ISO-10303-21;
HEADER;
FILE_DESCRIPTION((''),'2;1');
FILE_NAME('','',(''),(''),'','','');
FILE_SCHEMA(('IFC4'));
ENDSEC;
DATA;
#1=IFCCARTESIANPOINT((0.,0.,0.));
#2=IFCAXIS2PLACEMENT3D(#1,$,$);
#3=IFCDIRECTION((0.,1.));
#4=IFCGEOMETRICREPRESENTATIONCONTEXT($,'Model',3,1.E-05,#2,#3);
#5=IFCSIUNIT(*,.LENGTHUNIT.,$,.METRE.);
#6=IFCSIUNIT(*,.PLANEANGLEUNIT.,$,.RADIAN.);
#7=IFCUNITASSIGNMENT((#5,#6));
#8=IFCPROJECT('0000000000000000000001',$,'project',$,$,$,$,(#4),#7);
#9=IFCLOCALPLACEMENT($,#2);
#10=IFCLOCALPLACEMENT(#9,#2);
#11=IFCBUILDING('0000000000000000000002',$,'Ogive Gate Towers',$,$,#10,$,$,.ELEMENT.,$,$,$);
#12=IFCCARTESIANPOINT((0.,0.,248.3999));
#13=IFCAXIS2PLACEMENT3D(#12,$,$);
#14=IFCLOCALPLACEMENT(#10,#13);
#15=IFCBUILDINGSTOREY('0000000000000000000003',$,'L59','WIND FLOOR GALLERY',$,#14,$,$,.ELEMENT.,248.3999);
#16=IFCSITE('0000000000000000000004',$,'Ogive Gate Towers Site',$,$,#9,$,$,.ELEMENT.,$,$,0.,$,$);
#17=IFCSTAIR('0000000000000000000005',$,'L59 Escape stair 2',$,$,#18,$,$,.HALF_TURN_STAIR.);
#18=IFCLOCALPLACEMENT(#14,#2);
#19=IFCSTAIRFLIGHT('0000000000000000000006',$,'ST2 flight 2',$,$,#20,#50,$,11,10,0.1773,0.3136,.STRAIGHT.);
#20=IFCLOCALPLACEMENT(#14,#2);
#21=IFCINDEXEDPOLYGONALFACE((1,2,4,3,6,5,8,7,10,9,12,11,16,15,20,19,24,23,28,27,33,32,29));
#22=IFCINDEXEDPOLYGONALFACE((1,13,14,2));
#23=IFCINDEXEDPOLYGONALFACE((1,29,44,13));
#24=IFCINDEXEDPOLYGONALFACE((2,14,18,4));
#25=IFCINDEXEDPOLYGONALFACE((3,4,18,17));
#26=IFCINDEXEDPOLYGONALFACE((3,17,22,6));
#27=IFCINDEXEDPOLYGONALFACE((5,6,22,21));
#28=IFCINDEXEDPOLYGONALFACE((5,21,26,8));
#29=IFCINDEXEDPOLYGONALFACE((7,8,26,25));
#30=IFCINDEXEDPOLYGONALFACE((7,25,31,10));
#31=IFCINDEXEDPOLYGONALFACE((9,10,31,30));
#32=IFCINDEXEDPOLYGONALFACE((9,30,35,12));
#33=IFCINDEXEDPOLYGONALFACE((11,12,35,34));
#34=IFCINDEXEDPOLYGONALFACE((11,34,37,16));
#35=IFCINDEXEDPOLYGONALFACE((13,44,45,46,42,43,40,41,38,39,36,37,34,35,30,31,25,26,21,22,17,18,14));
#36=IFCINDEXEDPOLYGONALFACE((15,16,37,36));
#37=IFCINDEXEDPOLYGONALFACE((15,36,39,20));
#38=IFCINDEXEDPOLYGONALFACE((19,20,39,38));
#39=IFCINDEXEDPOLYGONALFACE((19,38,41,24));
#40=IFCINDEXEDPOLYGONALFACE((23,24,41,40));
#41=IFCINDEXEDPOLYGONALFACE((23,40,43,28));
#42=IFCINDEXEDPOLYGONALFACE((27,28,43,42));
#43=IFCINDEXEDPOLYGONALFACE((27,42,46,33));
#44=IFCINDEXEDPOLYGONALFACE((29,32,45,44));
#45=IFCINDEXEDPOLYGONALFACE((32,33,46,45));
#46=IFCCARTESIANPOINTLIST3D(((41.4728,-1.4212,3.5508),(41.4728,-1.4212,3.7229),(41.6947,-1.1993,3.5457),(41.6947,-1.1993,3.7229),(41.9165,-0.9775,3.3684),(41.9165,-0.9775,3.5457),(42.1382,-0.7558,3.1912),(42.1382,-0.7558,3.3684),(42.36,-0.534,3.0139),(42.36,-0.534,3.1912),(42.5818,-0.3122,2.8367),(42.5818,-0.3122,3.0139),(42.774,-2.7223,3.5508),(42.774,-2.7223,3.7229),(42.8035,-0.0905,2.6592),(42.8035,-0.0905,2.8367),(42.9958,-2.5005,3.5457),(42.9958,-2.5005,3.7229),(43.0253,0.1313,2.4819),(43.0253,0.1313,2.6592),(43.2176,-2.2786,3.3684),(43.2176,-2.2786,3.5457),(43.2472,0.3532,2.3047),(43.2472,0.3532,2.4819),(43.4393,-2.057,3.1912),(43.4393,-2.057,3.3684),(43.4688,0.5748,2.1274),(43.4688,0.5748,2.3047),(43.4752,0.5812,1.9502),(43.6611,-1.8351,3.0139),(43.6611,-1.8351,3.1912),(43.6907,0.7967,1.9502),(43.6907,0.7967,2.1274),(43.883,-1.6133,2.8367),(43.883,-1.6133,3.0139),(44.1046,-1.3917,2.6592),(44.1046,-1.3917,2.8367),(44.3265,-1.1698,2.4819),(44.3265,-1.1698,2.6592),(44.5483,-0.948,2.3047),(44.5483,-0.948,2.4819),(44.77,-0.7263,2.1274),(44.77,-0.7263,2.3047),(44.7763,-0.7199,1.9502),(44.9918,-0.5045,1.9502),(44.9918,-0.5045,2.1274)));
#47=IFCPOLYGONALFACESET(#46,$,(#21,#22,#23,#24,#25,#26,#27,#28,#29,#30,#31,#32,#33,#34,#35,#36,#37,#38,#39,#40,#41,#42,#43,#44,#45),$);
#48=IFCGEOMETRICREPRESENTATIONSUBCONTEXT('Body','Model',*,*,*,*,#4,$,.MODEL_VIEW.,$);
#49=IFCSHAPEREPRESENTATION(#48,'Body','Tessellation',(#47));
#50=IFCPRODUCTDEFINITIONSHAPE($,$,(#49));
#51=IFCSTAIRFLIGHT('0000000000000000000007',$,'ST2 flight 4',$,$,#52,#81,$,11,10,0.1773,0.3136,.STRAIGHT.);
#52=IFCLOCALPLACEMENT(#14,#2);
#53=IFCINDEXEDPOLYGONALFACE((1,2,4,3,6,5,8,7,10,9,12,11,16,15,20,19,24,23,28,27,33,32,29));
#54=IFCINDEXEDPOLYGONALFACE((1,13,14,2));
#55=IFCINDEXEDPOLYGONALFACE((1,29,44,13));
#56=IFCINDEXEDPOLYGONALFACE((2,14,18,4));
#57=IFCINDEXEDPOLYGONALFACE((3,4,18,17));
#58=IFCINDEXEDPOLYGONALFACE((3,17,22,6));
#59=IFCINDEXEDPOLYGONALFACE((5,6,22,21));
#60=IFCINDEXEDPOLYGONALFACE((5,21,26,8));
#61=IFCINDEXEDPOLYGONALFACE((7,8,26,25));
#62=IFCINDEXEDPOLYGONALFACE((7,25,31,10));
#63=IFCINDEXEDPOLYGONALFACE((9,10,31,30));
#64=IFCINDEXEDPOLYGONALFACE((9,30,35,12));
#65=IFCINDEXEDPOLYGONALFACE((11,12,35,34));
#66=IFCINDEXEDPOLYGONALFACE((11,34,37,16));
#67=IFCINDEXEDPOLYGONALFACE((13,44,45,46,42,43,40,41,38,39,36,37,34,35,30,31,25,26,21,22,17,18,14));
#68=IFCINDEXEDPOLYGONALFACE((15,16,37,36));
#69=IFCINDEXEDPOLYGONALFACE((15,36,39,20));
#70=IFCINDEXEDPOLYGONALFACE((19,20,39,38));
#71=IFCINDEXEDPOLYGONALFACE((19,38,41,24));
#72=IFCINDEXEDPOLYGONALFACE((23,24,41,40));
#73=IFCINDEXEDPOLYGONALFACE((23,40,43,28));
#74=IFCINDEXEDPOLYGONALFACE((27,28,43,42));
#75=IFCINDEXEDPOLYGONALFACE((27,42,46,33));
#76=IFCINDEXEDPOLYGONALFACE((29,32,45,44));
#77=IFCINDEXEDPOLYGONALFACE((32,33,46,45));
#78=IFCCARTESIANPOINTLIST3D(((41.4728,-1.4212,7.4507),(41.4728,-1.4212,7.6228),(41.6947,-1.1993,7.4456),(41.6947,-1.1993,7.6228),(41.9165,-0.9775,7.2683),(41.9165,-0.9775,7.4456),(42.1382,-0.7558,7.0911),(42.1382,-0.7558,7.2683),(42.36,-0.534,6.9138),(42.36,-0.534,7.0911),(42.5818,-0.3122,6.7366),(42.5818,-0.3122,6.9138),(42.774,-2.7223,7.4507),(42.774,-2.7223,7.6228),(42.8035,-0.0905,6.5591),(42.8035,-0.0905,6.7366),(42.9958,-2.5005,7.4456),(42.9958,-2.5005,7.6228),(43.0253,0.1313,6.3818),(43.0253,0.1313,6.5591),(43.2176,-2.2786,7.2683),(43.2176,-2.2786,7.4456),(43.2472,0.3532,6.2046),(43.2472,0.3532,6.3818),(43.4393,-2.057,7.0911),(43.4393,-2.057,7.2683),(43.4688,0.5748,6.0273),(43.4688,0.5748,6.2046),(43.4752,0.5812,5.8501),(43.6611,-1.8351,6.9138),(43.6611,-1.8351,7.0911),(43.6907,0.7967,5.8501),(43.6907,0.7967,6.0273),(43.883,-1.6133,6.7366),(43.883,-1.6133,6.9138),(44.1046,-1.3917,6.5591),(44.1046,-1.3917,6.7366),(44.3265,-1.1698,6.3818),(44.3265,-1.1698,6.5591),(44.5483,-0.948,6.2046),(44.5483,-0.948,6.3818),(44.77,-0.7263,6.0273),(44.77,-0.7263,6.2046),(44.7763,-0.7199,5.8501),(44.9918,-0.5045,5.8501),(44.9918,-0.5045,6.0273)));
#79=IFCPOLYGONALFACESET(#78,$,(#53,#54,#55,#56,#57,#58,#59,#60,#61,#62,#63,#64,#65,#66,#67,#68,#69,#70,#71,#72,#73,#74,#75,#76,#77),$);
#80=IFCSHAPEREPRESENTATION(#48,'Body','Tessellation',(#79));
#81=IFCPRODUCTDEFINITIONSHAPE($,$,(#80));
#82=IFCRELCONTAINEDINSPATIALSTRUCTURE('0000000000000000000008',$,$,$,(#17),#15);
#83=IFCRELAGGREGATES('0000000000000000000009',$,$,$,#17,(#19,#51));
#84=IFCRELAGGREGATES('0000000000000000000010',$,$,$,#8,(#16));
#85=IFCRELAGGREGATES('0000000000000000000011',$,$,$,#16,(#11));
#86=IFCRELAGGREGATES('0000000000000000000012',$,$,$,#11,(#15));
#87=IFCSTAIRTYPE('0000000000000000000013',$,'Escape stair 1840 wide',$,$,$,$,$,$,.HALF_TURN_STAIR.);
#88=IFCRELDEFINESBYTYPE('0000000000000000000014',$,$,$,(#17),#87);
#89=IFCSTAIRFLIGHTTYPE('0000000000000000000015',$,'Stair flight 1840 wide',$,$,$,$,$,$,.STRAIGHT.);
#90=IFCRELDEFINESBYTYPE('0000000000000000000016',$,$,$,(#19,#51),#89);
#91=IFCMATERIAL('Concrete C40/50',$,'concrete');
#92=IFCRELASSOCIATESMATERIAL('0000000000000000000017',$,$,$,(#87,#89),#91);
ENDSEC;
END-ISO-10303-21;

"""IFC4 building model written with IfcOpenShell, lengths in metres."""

from ifc_helpers import new_model, si_unit, direction, frame, origin, place, context, subcontext, project, spatial, polyline, outline, extrude, material, type_object, element, aggregate, save


model = new_model("IFC4")

# Units and contexts
model_context = context("Model", 3, precision=1e-05, world=origin(), true_north=direction((0.0, 1.0)))
body_context = subcontext(model_context, "Body", "Model", "MODEL_VIEW")
ifc_project = project(units=[si_unit("LENGTHUNIT", "METRE"), si_unit("PLANEANGLEUNIT", "RADIAN")], contexts=[model_context])

# Site, building, storey
site_placement = place(None, origin())
site = spatial("IfcSite", under=ifc_project, at=site_placement, Name="Ogive Gate Towers Site", CompositionType="ELEMENT", RefElevation=0.0)
building_placement = place(site_placement, origin())
building = spatial("IfcBuilding", under=site, at=building_placement, Name="Ogive Gate Towers", CompositionType="ELEMENT")
storey_placement = place(building_placement, frame((0.0, 0.0, 248.3999)))
storey = spatial("IfcBuildingStorey", under=building, at=storey_placement, Name="L59", Description="WIND FLOOR GALLERY", CompositionType="ELEMENT", Elevation=248.3999)

# Shared definitions
ifc_material_1 = material(Name="Concrete C40/50", Category="concrete")

# Stair, stair flights
stair_type = type_object("IfcStairType", Name="Escape stair 1840 wide", PredefinedType="HALF_TURN_STAIR", material=ifc_material_1)
stair_placement = place(storey_placement, origin())
stair = element("IfcStair", 1, at=stair_placement, inside=storey, type_object=stair_type, Name="L59 Escape stair 2", PredefinedType="HALF_TURN_STAIR")
stair_flight_type = type_object("IfcStairFlightType", Name="Stair flight 1840 wide", PredefinedType="STRAIGHT", material=ifc_material_1)
stair_flight_1_placement = place(storey_placement, frame((44.3413, 0.146, 1.9502), z_axis=(0.0, 0.0, 1.0), x_axis=(-0.707107, -0.707107, 0.0)))
stair_flight_1 = element("IfcStairFlight", 2, at=stair_flight_1_placement, type_object=stair_flight_type, Name="ST2 flight 2", NumberOfRisers=11, NumberOfTreads=10, PredefinedType="STRAIGHT", RiserHeight=0.1773, TreadLength=0.3136, context=body_context, shape_type="SweptSolid", body=[
    extrude(outline(polyline([(0.0, 0.0), (0.0, 0.1772), (0.3137, 0.1772), (0.3137, 0.3545), (0.6272, 0.3545), (0.6272, 0.5317), (0.9409, 0.5317), (0.9409, 0.709), (1.2546, 0.709), (1.2546, 0.8865), (1.5681, 0.8865), (1.5681, 1.0637), (1.8818, 1.0637), (1.8818, 1.241), (2.1956, 1.241), (2.1956, 1.4182), (2.509, 1.4182), (2.509, 1.5955), (2.8228, 1.5955), (2.8228, 1.7727), (3.1365, 1.7727), (3.1365, 1.95), (3.1365, 1.6006), (0.3047, 0.0), (0.0, 0.0)])), frame((0.0, 0.9199, 0.0), z_axis=(0.0, -1.0, 0.0), x_axis=(1.0, 0.0, 0.0)), (0.0, 0.0, 1.0), 1.8401),
])
stair_flight_2_placement = place(storey_placement, frame((44.3413, 0.146, 5.8501), z_axis=(0.0, 0.0, 1.0), x_axis=(-0.707107, -0.707107, 0.0)))
stair_flight_2 = element("IfcStairFlight", 3, at=stair_flight_2_placement, type_object=stair_flight_type, Name="ST2 flight 4", NumberOfRisers=11, NumberOfTreads=10, PredefinedType="STRAIGHT", RiserHeight=0.1773, TreadLength=0.3136, context=body_context, shape_type="SweptSolid", body=[
    extrude(outline(polyline([(0.0, 0.0), (0.0, 0.1772), (0.3137, 0.1772), (0.3137, 0.3545), (0.6272, 0.3545), (0.6272, 0.5317), (0.9409, 0.5317), (0.9409, 0.709), (1.2546, 0.709), (1.2546, 0.8865), (1.5681, 0.8865), (1.5681, 1.0637), (1.8818, 1.0637), (1.8818, 1.241), (2.1956, 1.241), (2.1956, 1.4182), (2.509, 1.4182), (2.509, 1.5955), (2.8228, 1.5955), (2.8228, 1.7727), (3.1365, 1.7727), (3.1365, 1.95), (3.1365, 1.6006), (0.3047, 0.0), (0.0, 0.0)])), frame((0.0, 0.9199, 0.0), z_axis=(0.0, -1.0, 0.0), x_axis=(1.0, 0.0, 0.0)), (0.0, 0.0, 1.0), 1.8401),
])
aggregate(stair, [stair_flight_1, stair_flight_2])

save(model, "model.ifc")
